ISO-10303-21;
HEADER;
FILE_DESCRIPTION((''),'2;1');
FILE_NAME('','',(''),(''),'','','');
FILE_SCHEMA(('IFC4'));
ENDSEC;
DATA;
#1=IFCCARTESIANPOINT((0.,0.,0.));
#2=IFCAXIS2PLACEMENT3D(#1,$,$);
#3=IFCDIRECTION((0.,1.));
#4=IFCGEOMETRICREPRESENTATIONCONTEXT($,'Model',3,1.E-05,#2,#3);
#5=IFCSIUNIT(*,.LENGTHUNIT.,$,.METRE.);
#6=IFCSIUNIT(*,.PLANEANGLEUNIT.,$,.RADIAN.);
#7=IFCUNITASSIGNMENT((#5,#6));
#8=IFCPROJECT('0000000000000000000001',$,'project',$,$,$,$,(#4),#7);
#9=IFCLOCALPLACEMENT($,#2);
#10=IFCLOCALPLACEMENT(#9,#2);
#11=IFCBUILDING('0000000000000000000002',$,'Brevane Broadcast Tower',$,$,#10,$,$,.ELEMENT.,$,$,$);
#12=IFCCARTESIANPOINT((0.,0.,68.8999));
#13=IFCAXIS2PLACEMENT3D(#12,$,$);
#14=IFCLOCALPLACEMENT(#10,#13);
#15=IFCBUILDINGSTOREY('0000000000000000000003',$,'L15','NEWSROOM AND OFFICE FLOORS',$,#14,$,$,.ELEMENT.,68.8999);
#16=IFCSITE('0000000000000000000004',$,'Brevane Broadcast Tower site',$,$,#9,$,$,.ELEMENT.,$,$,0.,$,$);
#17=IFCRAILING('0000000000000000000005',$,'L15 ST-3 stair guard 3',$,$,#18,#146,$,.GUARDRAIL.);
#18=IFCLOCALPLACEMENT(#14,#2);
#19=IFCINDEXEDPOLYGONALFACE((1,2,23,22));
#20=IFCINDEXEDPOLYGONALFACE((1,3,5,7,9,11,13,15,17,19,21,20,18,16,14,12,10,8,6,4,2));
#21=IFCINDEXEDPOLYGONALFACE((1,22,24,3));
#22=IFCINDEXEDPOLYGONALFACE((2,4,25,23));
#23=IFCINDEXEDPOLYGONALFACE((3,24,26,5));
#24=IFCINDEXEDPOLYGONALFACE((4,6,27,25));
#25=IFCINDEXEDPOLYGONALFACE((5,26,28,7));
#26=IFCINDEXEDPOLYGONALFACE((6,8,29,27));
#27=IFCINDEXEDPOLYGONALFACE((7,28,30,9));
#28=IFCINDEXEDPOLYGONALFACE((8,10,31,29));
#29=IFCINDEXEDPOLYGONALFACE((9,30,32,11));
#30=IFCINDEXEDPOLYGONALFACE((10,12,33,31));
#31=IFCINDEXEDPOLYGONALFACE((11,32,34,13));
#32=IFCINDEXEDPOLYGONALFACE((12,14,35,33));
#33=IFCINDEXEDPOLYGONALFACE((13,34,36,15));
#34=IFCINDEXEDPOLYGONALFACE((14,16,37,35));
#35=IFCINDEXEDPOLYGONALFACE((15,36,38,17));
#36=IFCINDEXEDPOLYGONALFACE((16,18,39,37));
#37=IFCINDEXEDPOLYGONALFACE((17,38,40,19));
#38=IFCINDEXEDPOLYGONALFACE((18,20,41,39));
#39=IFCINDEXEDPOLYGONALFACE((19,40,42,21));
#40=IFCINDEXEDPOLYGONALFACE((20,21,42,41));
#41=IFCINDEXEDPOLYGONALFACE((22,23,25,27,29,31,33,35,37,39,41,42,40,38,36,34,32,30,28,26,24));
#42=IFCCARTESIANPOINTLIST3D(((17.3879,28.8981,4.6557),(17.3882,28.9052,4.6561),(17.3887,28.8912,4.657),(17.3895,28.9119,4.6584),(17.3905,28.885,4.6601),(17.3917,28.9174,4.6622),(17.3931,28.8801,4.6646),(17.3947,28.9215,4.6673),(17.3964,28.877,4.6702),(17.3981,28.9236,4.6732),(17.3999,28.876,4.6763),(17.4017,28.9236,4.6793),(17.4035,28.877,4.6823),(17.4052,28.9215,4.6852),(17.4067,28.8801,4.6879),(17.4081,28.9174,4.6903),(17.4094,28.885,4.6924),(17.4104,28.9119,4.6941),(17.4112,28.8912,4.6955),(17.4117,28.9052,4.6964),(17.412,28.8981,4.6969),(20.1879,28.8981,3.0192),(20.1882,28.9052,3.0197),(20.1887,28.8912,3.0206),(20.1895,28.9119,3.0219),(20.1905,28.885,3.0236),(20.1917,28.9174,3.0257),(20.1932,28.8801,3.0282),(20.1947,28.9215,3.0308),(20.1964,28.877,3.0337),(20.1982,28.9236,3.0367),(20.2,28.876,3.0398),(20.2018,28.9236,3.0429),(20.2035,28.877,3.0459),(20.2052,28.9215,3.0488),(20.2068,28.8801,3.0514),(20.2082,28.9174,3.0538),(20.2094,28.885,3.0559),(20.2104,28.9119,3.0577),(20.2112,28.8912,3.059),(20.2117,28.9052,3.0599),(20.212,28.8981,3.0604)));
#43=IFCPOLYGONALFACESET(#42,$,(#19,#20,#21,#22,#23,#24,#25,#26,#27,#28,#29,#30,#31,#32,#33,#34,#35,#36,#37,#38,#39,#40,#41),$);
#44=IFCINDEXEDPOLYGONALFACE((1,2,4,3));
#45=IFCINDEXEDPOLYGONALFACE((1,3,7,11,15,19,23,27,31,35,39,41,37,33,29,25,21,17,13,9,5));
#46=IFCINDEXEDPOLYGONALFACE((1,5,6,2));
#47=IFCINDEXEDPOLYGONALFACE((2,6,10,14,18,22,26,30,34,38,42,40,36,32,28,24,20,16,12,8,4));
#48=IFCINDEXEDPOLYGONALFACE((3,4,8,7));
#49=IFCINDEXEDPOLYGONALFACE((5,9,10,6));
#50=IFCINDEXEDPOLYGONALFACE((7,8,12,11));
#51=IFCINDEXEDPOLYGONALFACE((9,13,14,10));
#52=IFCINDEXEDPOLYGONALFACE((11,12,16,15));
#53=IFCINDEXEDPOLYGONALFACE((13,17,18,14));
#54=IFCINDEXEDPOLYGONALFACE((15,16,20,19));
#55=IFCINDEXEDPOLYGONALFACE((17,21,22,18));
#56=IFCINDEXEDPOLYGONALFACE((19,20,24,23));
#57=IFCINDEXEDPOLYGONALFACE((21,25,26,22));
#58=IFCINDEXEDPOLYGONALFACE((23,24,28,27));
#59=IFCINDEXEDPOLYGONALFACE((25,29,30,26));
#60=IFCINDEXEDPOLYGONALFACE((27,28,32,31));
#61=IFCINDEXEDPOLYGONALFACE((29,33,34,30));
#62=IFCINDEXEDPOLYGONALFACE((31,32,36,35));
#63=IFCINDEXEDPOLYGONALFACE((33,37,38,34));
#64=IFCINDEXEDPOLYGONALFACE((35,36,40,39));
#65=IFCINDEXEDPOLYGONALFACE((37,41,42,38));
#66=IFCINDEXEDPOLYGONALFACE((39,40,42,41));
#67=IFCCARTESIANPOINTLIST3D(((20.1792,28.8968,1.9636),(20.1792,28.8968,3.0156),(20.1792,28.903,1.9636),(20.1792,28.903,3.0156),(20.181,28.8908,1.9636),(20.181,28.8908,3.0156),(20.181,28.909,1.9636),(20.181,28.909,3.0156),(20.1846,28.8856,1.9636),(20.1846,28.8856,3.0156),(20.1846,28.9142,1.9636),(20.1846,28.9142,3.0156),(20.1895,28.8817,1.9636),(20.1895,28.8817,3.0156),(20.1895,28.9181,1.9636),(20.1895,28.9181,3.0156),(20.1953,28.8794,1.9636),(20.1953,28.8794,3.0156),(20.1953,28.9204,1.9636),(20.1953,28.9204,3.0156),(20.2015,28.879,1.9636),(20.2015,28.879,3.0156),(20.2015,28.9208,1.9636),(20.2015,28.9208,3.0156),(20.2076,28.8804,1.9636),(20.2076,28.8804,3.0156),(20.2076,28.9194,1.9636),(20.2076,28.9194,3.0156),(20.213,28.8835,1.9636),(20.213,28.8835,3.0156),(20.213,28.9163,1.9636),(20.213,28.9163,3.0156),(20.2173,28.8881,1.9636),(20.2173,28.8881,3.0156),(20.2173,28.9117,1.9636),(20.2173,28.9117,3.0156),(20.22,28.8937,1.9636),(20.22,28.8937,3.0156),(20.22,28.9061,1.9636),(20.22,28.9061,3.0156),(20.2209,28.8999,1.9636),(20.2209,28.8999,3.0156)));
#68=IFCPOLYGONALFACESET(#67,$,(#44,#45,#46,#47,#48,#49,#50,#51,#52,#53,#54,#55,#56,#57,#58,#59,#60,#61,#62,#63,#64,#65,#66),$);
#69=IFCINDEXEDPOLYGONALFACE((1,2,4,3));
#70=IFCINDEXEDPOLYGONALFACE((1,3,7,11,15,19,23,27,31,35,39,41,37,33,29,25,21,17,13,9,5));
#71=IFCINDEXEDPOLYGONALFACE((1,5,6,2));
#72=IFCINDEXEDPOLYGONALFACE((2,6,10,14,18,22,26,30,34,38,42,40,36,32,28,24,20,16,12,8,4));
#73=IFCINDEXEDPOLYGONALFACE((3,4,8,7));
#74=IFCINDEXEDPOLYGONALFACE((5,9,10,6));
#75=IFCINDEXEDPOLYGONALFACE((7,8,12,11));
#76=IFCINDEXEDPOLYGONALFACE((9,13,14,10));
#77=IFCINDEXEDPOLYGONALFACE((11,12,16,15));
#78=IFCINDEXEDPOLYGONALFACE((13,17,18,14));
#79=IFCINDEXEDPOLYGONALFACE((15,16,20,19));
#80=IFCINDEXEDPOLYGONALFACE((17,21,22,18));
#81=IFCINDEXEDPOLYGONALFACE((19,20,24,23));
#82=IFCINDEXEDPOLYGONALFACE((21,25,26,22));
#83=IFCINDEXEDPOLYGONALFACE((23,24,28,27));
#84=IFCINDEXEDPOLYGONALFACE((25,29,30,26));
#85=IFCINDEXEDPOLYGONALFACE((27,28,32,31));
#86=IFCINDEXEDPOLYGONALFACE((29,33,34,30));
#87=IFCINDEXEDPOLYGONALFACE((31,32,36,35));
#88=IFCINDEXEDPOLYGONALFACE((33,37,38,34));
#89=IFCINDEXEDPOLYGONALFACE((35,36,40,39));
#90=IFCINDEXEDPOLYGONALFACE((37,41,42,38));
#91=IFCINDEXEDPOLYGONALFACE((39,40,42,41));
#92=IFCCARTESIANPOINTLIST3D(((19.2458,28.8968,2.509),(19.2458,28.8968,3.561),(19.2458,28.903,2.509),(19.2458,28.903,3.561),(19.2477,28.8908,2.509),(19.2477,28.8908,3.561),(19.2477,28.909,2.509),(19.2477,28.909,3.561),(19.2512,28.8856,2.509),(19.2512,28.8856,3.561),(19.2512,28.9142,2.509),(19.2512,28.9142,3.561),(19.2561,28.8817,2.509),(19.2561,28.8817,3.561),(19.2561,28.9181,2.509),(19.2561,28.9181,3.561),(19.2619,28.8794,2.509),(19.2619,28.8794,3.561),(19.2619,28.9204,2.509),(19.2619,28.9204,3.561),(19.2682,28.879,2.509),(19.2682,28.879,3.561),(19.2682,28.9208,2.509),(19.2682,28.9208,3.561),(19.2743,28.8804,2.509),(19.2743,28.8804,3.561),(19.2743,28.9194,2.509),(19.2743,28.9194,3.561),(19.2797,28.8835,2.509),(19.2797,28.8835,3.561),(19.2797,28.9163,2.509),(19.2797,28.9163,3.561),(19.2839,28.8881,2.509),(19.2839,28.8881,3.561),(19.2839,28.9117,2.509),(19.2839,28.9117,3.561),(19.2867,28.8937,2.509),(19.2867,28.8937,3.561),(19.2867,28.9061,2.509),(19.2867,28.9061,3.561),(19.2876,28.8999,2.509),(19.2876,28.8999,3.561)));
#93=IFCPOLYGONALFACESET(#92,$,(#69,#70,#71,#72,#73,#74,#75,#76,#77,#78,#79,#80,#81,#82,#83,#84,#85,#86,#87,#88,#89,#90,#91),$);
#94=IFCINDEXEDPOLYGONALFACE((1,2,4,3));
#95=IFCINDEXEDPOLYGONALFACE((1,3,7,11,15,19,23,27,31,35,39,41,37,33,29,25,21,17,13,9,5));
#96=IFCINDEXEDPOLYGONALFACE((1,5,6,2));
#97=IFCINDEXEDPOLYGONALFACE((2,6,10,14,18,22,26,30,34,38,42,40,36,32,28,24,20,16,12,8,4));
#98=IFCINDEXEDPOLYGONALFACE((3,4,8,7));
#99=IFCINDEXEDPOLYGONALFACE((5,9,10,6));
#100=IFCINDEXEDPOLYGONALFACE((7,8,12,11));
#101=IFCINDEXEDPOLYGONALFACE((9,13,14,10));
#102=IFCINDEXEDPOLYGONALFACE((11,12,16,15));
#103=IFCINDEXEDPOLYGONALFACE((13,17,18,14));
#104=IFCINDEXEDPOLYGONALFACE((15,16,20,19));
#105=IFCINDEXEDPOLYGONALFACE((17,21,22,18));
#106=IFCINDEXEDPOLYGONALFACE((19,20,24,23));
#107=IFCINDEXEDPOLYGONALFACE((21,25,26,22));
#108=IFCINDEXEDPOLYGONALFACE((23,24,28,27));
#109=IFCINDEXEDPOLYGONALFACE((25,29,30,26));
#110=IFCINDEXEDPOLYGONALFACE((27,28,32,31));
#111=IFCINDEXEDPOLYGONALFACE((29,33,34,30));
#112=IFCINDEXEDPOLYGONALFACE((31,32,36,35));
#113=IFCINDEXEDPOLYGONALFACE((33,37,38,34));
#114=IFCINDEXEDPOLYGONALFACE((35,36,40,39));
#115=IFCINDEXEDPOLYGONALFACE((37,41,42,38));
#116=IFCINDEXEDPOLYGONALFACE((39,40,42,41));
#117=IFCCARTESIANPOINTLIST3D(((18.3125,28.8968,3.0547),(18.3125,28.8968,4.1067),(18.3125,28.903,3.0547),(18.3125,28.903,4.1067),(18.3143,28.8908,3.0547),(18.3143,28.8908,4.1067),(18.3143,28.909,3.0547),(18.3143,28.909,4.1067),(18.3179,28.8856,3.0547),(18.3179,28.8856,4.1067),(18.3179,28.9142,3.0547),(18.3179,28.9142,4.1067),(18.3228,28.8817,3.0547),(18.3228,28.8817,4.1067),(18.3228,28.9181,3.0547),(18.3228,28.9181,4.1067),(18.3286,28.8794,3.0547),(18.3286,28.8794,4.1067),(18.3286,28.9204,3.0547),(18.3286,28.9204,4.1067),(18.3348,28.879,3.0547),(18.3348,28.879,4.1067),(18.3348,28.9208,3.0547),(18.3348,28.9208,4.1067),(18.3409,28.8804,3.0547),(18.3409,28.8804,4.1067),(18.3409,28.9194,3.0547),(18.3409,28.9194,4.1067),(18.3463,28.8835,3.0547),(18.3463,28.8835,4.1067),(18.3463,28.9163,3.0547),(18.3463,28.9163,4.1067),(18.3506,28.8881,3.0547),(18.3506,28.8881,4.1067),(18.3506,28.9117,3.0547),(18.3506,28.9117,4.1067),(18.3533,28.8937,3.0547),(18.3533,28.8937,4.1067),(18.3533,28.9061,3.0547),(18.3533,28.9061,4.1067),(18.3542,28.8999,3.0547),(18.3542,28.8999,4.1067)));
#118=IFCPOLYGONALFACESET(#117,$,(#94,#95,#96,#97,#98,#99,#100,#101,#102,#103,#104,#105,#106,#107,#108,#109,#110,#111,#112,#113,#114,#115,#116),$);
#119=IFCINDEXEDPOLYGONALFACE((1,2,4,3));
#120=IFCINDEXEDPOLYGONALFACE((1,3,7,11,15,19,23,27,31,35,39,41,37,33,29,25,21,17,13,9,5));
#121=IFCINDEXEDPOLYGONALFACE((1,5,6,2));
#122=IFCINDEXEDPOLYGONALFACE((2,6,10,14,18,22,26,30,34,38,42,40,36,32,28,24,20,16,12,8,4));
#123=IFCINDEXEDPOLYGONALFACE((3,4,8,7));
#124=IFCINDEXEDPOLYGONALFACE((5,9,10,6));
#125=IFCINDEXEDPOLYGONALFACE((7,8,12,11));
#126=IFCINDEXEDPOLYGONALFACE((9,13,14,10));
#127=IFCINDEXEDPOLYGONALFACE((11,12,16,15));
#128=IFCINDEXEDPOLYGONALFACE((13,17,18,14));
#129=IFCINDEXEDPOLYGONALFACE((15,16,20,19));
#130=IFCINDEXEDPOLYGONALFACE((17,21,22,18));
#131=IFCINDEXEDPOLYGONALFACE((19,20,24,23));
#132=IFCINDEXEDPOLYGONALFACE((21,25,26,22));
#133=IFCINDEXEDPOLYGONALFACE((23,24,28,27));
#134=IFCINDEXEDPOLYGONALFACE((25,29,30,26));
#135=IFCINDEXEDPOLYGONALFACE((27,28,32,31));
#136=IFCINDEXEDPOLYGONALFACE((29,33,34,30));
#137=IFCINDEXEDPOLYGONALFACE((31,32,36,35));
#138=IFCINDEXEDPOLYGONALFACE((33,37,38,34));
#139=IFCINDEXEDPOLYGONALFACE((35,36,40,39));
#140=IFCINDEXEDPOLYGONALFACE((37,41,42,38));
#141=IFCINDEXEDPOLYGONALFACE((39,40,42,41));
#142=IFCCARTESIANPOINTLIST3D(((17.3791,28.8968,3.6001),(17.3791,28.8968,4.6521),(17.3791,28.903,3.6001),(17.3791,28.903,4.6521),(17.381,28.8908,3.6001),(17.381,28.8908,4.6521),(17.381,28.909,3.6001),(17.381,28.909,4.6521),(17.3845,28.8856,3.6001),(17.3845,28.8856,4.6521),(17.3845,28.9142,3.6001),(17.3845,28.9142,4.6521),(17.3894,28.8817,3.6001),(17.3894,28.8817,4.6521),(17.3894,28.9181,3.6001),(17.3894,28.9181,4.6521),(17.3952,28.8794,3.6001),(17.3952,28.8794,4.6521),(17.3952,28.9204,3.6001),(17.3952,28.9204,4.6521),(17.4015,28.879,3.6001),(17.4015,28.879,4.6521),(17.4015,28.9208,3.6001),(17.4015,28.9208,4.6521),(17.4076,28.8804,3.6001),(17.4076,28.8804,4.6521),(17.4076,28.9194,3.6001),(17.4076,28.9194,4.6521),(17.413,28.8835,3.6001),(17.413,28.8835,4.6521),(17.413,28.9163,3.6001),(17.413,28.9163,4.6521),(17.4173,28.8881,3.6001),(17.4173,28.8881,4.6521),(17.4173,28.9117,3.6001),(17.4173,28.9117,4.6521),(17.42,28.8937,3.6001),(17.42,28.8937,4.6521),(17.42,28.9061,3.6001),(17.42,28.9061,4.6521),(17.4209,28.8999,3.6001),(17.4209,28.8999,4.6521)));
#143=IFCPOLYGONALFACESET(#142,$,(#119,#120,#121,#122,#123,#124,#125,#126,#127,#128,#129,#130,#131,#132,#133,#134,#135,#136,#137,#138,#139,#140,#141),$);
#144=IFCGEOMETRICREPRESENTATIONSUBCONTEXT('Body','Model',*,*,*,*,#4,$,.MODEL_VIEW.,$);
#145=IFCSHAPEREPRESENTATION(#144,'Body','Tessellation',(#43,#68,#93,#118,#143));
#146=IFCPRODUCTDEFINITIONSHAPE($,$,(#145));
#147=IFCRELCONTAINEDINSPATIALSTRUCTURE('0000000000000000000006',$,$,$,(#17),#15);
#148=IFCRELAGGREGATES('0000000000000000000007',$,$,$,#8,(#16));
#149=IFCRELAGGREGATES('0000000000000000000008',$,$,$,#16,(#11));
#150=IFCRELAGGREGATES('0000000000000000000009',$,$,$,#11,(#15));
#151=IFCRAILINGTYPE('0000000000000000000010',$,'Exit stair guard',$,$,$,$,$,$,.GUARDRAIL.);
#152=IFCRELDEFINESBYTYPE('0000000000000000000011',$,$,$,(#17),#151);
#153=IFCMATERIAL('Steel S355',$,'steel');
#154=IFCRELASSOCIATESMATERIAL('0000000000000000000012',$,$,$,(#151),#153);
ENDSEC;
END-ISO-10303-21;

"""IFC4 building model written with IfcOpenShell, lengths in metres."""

from ifc_helpers import new_model, si_unit, direction, frame, origin, origin_2d, place, context, subcontext, project, spatial, circle, extrude, material, type_object, element, save


model = new_model("IFC4")

# Units and contexts
model_context = context("Model", 3, precision=1e-05, world=origin(), true_north=direction((0.0, 1.0)))
body_context = subcontext(model_context, "Body", "Model", "MODEL_VIEW")
ifc_project = project(units=[si_unit("LENGTHUNIT", "METRE"), si_unit("PLANEANGLEUNIT", "RADIAN")], contexts=[model_context])

# Site, building, storey
site_placement = place(None, origin())
site = spatial("IfcSite", under=ifc_project, at=site_placement, Name="Brevane Broadcast Tower site", CompositionType="ELEMENT", RefElevation=0.0)
building_placement = place(site_placement, origin())
building = spatial("IfcBuilding", under=site, at=building_placement, Name="Brevane Broadcast Tower", CompositionType="ELEMENT")
storey_placement = place(building_placement, frame((0.0, 0.0, 68.8999)))
storey = spatial("IfcBuildingStorey", under=building, at=storey_placement, Name="L15", Description="NEWSROOM AND OFFICE FLOORS", CompositionType="ELEMENT", Elevation=68.8999)

# Railing
ifc_material_1 = material(Name="Steel S355", Category="steel")
railing_type_1 = type_object("IfcRailingType", Name="Exit stair guard", PredefinedType="GUARDRAIL", material=ifc_material_1)
railing_1_placement = place(storey_placement, frame((20.2, 28.8999, 1.9636)))
element("IfcRailing", 1, at=railing_1_placement, inside=storey, type_object=railing_type_1, Name="L15 ST-3 stair guard 3", PredefinedType="GUARDRAIL", context=body_context, shape_type="SweptSolid", body=[
    extrude(circle(Radius=0.0239, at=origin_2d()), frame((0.0, 0.0, 1.0762), z_axis=(-0.863361, 0.0, 0.504587), x_axis=(0.0, -1.0, 0.0)), (0.0, 0.0, 1.0), 3.2432),
    extrude(circle(Radius=0.021, at=origin_2d()), origin(), (0.0, 0.0, 1.0), 1.052),
    extrude(circle(Radius=0.021, at=origin_2d()), frame((-0.9333, 0.0, 0.5454)), (0.0, 0.0, 1.0), 1.052),
    extrude(circle(Radius=0.021, at=origin_2d()), frame((-1.8667, 0.0, 1.0911)), (0.0, 0.0, 1.0), 1.052),
    extrude(circle(Radius=0.021, at=origin_2d()), frame((-2.8, 0.0, 1.6365)), (0.0, 0.0, 1.0), 1.052),
])

save(model, "model.ifc")
